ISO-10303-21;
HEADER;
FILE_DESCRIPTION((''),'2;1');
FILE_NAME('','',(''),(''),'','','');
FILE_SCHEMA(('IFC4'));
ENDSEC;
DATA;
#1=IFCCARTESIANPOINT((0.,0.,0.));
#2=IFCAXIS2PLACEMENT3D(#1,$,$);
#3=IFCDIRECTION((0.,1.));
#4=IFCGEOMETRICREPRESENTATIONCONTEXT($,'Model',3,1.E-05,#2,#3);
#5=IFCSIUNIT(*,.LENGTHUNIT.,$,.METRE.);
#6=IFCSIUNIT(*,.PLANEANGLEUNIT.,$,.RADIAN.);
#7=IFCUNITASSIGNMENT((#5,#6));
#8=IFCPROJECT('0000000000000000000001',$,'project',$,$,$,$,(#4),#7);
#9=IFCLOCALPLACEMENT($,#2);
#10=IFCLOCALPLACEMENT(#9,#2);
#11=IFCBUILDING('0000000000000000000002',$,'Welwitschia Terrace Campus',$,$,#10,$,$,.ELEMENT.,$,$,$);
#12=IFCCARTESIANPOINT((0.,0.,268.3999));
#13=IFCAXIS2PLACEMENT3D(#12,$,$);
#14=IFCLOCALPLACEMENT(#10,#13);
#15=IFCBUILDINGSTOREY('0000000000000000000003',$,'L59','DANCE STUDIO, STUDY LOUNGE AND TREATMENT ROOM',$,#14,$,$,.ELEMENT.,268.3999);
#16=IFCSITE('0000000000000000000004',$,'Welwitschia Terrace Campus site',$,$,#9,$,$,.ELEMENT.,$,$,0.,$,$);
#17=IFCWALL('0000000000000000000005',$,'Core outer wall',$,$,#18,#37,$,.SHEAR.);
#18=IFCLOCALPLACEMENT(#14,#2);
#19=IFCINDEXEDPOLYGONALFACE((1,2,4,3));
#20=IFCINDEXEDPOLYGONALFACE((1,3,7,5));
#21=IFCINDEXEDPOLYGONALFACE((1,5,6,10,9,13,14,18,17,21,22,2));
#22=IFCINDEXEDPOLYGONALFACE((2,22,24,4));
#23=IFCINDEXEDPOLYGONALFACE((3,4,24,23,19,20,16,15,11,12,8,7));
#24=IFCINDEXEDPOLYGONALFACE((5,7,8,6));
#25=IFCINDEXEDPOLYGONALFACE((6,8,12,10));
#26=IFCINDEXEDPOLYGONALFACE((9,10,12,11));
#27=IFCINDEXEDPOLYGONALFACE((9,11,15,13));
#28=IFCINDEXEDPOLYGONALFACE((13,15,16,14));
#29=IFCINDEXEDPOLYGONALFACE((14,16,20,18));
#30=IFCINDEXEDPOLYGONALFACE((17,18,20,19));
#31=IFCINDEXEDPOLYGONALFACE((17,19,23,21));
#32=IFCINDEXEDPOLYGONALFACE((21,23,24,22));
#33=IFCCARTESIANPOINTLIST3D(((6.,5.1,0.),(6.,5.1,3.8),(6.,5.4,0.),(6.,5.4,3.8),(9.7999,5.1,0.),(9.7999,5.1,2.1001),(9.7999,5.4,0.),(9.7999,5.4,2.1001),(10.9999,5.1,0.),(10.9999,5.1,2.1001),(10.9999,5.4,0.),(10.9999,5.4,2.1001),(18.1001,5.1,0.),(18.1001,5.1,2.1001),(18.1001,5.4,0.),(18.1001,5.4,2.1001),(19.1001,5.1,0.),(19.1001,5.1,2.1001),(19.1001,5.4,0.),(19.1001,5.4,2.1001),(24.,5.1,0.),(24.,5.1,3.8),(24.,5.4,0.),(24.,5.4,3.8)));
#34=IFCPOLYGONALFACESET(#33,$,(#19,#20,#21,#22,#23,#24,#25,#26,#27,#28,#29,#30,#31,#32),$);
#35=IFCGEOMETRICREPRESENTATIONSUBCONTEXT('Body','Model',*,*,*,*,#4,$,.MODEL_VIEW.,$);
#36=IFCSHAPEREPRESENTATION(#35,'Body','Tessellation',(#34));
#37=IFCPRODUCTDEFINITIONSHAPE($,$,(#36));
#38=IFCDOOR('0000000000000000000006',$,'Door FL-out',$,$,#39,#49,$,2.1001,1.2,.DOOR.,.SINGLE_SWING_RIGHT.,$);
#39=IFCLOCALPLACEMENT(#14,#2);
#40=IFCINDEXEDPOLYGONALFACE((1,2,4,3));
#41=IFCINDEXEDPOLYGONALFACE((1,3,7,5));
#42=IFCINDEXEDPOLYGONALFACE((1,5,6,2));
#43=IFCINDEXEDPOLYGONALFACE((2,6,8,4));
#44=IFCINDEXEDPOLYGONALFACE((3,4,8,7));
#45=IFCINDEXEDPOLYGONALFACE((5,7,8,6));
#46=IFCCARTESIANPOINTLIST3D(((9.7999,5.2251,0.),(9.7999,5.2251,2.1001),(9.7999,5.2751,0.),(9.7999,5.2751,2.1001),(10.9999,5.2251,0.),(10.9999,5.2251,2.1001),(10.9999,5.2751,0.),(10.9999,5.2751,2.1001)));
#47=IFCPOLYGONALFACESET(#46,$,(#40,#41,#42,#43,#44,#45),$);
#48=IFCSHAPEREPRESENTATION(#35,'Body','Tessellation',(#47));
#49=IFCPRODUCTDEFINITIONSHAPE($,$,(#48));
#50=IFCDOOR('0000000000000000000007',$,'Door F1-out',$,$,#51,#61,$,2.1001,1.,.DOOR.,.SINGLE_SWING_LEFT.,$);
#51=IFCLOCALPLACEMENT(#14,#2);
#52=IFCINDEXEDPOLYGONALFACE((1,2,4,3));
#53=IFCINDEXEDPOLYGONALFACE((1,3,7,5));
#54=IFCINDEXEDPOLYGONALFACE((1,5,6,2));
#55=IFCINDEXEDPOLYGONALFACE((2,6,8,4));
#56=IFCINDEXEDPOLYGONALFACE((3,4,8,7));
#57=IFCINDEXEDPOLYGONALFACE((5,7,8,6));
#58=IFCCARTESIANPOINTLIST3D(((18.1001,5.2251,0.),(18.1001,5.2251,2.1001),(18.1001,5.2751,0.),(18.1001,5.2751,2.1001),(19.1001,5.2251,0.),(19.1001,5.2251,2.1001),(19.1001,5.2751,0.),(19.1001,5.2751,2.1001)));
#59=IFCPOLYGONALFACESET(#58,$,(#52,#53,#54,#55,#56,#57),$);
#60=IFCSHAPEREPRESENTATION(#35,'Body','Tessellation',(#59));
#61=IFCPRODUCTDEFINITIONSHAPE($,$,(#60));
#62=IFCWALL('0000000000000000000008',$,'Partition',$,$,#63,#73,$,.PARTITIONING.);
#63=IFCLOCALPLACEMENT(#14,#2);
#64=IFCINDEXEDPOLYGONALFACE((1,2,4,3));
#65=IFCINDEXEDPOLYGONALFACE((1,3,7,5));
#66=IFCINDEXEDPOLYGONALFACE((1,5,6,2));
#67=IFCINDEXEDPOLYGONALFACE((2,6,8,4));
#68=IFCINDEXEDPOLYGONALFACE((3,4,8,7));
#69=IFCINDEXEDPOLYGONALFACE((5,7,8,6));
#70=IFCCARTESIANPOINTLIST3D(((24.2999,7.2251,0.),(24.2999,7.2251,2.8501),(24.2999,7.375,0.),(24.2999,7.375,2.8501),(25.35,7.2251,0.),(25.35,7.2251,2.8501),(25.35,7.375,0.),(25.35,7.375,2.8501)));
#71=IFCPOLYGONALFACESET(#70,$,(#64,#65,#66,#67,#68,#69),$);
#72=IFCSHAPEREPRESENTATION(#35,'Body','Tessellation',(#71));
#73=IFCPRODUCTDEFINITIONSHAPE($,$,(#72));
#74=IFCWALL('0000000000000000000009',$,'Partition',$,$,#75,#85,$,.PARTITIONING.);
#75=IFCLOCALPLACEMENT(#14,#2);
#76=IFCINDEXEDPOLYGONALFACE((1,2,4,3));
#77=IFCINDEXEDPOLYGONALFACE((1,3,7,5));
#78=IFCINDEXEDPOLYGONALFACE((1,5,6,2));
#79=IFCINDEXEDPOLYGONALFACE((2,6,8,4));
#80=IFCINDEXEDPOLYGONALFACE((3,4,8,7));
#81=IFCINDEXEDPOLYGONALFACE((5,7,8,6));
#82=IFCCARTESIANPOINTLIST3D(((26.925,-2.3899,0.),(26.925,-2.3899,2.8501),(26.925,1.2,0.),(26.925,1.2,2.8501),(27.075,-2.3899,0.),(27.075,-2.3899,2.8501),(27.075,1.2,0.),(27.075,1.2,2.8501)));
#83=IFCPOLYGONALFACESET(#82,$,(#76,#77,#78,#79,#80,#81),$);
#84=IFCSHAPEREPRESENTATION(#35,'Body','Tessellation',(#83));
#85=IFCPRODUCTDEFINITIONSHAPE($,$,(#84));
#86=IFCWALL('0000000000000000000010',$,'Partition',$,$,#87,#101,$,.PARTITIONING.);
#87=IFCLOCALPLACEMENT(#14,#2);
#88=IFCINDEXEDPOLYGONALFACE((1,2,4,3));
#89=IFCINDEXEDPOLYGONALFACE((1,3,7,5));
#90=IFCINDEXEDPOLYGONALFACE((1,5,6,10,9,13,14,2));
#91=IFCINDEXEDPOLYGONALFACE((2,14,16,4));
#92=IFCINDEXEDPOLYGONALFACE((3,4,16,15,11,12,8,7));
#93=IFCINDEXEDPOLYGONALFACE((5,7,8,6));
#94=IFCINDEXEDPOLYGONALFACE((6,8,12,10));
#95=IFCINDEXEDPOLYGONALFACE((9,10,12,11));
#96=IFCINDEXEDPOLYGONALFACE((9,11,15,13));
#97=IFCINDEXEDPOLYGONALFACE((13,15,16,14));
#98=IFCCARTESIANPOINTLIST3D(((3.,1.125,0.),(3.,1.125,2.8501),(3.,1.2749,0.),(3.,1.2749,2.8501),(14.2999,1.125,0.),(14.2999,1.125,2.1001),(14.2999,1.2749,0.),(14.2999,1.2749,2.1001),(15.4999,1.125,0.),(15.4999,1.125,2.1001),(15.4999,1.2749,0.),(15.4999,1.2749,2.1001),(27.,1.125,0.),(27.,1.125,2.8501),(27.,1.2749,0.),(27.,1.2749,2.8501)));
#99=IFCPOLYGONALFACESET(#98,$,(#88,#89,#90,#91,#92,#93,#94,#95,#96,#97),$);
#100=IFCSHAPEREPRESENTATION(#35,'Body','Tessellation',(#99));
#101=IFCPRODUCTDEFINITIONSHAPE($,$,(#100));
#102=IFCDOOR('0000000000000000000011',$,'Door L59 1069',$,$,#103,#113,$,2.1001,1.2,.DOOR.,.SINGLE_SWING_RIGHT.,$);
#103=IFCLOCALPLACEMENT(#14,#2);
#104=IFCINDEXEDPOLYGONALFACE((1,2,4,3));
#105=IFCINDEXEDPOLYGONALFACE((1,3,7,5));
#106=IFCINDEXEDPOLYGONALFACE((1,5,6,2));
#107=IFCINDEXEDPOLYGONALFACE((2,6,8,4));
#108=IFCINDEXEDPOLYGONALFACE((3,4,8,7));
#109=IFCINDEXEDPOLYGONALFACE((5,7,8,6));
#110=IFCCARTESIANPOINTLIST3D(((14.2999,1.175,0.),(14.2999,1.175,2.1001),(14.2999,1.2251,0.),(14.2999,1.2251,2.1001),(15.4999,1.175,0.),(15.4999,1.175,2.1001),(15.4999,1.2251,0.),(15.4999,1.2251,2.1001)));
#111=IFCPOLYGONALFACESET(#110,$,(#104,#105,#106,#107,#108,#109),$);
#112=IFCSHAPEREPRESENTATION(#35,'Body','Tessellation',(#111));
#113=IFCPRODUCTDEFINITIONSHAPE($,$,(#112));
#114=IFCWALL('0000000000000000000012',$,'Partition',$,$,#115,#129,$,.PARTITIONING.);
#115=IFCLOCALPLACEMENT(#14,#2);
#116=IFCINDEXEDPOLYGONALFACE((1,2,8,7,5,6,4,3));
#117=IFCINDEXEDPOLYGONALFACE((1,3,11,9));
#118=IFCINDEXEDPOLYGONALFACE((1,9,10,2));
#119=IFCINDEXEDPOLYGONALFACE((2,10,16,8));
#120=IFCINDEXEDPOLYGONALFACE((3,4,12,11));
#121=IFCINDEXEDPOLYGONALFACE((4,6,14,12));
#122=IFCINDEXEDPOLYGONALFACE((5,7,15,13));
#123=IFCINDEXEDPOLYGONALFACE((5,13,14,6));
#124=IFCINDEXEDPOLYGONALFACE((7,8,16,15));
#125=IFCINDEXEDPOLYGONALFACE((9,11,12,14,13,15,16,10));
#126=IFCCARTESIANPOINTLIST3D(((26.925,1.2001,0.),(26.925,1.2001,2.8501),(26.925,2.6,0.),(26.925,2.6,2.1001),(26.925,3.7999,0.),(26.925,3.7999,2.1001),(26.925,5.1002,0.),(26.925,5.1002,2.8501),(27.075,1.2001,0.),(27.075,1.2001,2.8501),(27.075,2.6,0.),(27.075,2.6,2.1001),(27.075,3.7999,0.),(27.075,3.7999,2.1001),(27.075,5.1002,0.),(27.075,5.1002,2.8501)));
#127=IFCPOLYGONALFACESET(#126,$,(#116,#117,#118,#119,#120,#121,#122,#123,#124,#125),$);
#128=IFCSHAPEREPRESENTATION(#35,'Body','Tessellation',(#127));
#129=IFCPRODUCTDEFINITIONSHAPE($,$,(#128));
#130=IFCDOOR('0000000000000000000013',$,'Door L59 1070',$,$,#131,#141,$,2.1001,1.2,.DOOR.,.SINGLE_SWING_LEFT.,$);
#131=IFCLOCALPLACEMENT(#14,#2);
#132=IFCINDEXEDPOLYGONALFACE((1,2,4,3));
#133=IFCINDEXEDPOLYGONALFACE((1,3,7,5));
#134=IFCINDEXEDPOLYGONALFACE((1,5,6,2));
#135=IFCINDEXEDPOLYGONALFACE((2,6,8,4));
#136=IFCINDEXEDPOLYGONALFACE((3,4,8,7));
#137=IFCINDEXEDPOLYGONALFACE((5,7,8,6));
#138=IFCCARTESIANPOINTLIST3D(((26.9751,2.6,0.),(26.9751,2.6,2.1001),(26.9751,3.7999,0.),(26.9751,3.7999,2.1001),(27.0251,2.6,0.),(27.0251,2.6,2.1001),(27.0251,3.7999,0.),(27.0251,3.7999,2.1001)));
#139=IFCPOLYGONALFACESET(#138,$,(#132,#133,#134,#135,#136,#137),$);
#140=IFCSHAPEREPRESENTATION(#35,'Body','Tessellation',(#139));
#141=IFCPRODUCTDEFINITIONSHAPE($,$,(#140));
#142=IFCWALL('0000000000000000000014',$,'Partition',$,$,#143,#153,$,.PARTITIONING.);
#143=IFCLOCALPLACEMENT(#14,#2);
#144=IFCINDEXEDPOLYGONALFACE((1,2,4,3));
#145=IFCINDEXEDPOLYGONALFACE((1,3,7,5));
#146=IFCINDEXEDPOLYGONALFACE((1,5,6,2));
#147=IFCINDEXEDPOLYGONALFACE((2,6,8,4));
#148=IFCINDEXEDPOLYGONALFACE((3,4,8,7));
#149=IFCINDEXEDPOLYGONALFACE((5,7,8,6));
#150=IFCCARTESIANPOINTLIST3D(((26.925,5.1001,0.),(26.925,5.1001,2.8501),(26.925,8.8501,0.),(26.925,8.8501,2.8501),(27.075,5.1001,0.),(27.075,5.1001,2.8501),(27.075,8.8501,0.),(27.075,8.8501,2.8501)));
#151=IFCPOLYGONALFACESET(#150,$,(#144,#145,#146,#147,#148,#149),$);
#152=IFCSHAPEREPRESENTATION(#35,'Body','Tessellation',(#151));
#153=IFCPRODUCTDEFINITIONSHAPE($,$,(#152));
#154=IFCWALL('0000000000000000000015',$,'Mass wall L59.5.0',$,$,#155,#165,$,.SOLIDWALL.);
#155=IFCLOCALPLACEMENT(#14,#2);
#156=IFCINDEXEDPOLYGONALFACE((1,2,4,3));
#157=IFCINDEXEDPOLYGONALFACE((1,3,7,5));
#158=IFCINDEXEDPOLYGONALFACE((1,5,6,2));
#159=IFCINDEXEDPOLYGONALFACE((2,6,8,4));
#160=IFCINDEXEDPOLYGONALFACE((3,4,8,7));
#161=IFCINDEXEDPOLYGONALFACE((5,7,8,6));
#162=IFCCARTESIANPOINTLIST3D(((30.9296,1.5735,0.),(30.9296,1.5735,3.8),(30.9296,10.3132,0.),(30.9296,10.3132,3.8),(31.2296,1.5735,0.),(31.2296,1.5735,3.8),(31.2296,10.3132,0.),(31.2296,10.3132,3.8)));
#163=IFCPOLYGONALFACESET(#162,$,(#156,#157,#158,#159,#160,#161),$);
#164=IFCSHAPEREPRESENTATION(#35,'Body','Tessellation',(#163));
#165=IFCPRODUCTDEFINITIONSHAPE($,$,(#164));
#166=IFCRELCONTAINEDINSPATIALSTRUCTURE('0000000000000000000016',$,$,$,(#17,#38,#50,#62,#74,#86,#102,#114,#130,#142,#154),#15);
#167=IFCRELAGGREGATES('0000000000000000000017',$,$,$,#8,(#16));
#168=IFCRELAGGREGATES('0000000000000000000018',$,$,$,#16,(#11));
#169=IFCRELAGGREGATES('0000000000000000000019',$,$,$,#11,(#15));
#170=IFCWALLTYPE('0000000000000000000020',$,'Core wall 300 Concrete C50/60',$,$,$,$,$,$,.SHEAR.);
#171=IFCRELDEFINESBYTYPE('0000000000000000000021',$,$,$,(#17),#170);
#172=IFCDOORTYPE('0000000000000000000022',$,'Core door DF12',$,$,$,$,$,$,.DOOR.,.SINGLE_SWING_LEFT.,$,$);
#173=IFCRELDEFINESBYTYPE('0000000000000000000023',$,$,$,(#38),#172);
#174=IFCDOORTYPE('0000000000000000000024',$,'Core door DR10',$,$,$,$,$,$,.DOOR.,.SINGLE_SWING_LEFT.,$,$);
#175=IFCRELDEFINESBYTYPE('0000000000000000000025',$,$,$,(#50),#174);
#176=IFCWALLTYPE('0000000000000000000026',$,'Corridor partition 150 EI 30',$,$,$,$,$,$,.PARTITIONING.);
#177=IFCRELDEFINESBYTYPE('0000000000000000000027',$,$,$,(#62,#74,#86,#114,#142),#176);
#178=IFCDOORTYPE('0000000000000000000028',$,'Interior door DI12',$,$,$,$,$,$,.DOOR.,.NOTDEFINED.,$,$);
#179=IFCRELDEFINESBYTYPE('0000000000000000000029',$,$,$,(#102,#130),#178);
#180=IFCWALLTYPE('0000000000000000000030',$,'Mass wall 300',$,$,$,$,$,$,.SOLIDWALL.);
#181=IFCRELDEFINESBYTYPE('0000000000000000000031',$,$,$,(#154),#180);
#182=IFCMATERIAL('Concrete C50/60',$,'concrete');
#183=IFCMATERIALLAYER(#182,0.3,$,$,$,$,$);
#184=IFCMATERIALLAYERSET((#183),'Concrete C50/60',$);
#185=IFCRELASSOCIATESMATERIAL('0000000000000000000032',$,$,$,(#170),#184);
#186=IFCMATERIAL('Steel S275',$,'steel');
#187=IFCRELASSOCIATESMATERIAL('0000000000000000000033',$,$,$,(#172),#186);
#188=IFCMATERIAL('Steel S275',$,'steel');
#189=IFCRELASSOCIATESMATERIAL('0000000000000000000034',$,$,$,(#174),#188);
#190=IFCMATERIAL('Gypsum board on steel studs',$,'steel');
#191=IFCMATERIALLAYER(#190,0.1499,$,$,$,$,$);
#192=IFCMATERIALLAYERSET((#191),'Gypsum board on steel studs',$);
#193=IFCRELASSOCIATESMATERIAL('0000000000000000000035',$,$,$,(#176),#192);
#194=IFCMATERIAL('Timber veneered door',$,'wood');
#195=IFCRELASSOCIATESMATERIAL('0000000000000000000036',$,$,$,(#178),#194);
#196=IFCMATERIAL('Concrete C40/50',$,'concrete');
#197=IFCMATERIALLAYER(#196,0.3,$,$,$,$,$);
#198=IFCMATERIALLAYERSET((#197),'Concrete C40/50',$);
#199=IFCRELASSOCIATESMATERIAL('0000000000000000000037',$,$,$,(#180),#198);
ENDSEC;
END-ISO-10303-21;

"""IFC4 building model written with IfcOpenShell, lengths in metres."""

from ifc_helpers import new_model, si_unit, direction, frame, frame_2d, origin, place, context, subcontext, project, spatial, rectangle, extrude, material, layer, layer_set, type_object, element, fill, save


model = new_model("IFC4")

# Units and contexts
model_context = context("Model", 3, precision=1e-05, world=origin(), true_north=direction((0.0, 1.0)))
body_context = subcontext(model_context, "Body", "Model", "MODEL_VIEW")
ifc_project = project(units=[si_unit("LENGTHUNIT", "METRE"), si_unit("PLANEANGLEUNIT", "RADIAN")], contexts=[model_context])

# Site, building, storey
site_placement = place(None, origin())
site = spatial("IfcSite", under=ifc_project, at=site_placement, Name="Welwitschia Terrace Campus site", CompositionType="ELEMENT", RefElevation=0.0)
building_placement = place(site_placement, origin())
building = spatial("IfcBuilding", under=site, at=building_placement, Name="Welwitschia Terrace Campus", CompositionType="ELEMENT")
storey_placement = place(building_placement, frame((0.0, 0.0, 268.3999)))
storey = spatial("IfcBuildingStorey", under=building, at=storey_placement, Name="L59", Description="DANCE STUDIO, STUDY LOUNGE AND TREATMENT ROOM", CompositionType="ELEMENT", Elevation=268.3999)

# Wall, openings, doors
ifc_material_1 = material(Name="Concrete C50/60", Category="concrete")
ifc_layer_1 = layer(ifc_material_1, 0.3)
ifc_layer_set_1 = layer_set([ifc_layer_1], Name="Concrete C50/60")
wall_type_1 = type_object("IfcWallType", Name="Core wall 300 Concrete C50/60", PredefinedType="SHEAR", material=ifc_layer_set_1)
wall_1_placement = place(storey_placement, frame((24.0, 5.25, 0.0), z_axis=(0.0, 0.0, 1.0), x_axis=(-1.0, 0.0, 0.0)))
wall_1 = element("IfcWall", 1, at=wall_1_placement, inside=storey, type_object=wall_type_1, Name="Core outer wall", PredefinedType="SHEAR", context=body_context, shape_type="SweptSolid", body=[
    extrude(rectangle(XDim=18.0, YDim=0.3, at=frame_2d((9.0, 0.0))), origin(), (0.0, 0.0, 1.0), 3.8),
])
opening_1_placement = place(wall_1_placement, frame((13.0, 0.0, 0.0)))
opening_1 = element("IfcOpeningElement", 2, at=opening_1_placement, cuts=wall_1, PredefinedType="OPENING", context=body_context, shape_type="SweptSolid", body=[
    extrude(rectangle(XDim=1.2, YDim=2.1001, at=frame_2d((0.6001, 1.05))), frame((0.0, 0.1599, 0.0), z_axis=(0.0, -1.0, 0.0), x_axis=(1.0, 0.0, 0.0)), (0.0, 0.0, 1.0), 0.3201),
])
opening_2_placement = place(wall_1_placement, frame((4.8999, 0.0, 0.0)))
opening_2 = element("IfcOpeningElement", 3, at=opening_2_placement, cuts=wall_1, PredefinedType="OPENING", context=body_context, shape_type="SweptSolid", body=[
    extrude(rectangle(XDim=1.0, YDim=2.1001, at=frame_2d((0.5, 1.05))), frame((0.0, 0.1599, 0.0), z_axis=(0.0, -1.0, 0.0), x_axis=(1.0, 0.0, 0.0)), (0.0, 0.0, 1.0), 0.3201),
])
ifc_material_2 = material(Name="Steel S275", Category="steel")
door_type_1 = type_object("IfcDoorType", Name="Core door DF12", OperationType="SINGLE_SWING_LEFT", PredefinedType="DOOR", material=ifc_material_2)
door_1_placement = place(opening_1_placement, origin())
door_1 = element("IfcDoor", 4, at=door_1_placement, inside=storey, type_object=door_type_1, Name="Door FL-out", OperationType="SINGLE_SWING_RIGHT", OverallHeight=2.1001, OverallWidth=1.2, PredefinedType="DOOR", context=body_context, shape_type="SweptSolid", body=[
    extrude(rectangle(XDim=1.2, YDim=2.1001, at=frame_2d((0.6001, 1.05))), frame((0.0, 0.0249, 0.0), z_axis=(0.0, -1.0, 0.0), x_axis=(1.0, 0.0, 0.0)), (0.0, 0.0, 1.0), 0.05),
])
fill(opening_1, door_1)
ifc_material_3 = material(Name="Steel S275", Category="steel")
door_type_2 = type_object("IfcDoorType", Name="Core door DR10", OperationType="SINGLE_SWING_LEFT", PredefinedType="DOOR", material=ifc_material_3)
door_2_placement = place(opening_2_placement, origin())
door_2 = element("IfcDoor", 5, at=door_2_placement, inside=storey, type_object=door_type_2, Name="Door F1-out", OperationType="SINGLE_SWING_LEFT", OverallHeight=2.1001, OverallWidth=1.0, PredefinedType="DOOR", context=body_context, shape_type="SweptSolid", body=[
    extrude(rectangle(XDim=1.0, YDim=2.1001, at=frame_2d((0.5, 1.05))), frame((0.0, 0.0249, 0.0), z_axis=(0.0, -1.0, 0.0), x_axis=(1.0, 0.0, 0.0)), (0.0, 0.0, 1.0), 0.05),
])
fill(opening_2, door_2)

# Walls
ifc_material_4 = material(Name="Gypsum board on steel studs", Category="steel")
ifc_layer_2 = layer(ifc_material_4, 0.1499)
ifc_layer_set_2 = layer_set([ifc_layer_2], Name="Gypsum board on steel studs")
wall_type_2 = type_object("IfcWallType", Name="Corridor partition 150 EI 30", PredefinedType="PARTITIONING", material=ifc_layer_set_2)
wall_2_placement = place(storey_placement, frame((24.3, 7.3, 0.0), z_axis=(0.0, 0.0, 1.0), x_axis=(1.0, 0.0, 0.0)))
element("IfcWall", 6, at=wall_2_placement, inside=storey, type_object=wall_type_2, Name="Partition", PredefinedType="PARTITIONING", context=body_context, shape_type="SweptSolid", body=[
    extrude(rectangle(XDim=1.05, YDim=0.1499, at=frame_2d((0.5249, 0.0))), origin(), (0.0, 0.0, 1.0), 2.8501),
])
wall_3_placement = place(storey_placement, frame((27.0, -2.3899, 0.0), z_axis=(0.0, 0.0, 1.0), x_axis=(0.0, 1.0, 0.0)))
element("IfcWall", 7, at=wall_3_placement, inside=storey, type_object=wall_type_2, Name="Partition", PredefinedType="PARTITIONING", context=body_context, shape_type="SweptSolid", body=[
    extrude(rectangle(XDim=3.5898, YDim=0.1499, at=frame_2d((1.7949, 0.0))), origin(), (0.0, 0.0, 1.0), 2.8501),
])

# Walls, openings, doors
wall_4_placement = place(storey_placement, frame((27.0, 1.2, 0.0), z_axis=(0.0, 0.0, 1.0), x_axis=(-1.0, 0.0, 0.0)))
wall_4 = element("IfcWall", 8, at=wall_4_placement, inside=storey, type_object=wall_type_2, Name="Partition", PredefinedType="PARTITIONING", context=body_context, shape_type="SweptSolid", body=[
    extrude(rectangle(XDim=24.0, YDim=0.1499, at=frame_2d((12.0, 0.0))), origin(), (0.0, 0.0, 1.0), 2.8501),
])
opening_3_placement = place(wall_4_placement, frame((11.5, 0.0, 0.0)))
opening_3 = element("IfcOpeningElement", 9, at=opening_3_placement, cuts=wall_4, PredefinedType="OPENING", context=body_context, shape_type="SweptSolid", body=[
    extrude(rectangle(XDim=1.2, YDim=2.1001, at=frame_2d((0.6001, 1.05))), frame((0.0, 0.085, 0.0), z_axis=(0.0, -1.0, 0.0), x_axis=(1.0, 0.0, 0.0)), (0.0, 0.0, 1.0), 0.1699),
])
ifc_material_5 = material(Name="Timber veneered door", Category="wood")
door_type_3 = type_object("IfcDoorType", Name="Interior door DI12", OperationType="NOTDEFINED", PredefinedType="DOOR", material=ifc_material_5)
door_3_placement = place(opening_3_placement, origin())
door_3 = element("IfcDoor", 10, at=door_3_placement, inside=storey, type_object=door_type_3, Name="Door L59 1069", OperationType="SINGLE_SWING_RIGHT", OverallHeight=2.1001, OverallWidth=1.2, PredefinedType="DOOR", context=body_context, shape_type="SweptSolid", body=[
    extrude(rectangle(XDim=1.2, YDim=2.1001, at=frame_2d((0.6001, 1.05))), frame((0.0, 0.0249, 0.0), z_axis=(0.0, -1.0, 0.0), x_axis=(1.0, 0.0, 0.0)), (0.0, 0.0, 1.0), 0.05),
])
fill(opening_3, door_3)
wall_5_placement = place(storey_placement, frame((27.0, 1.2, 0.0), z_axis=(0.0, 0.0, 1.0), x_axis=(0.0, 1.0, 0.0)))
wall_5 = element("IfcWall", 11, at=wall_5_placement, inside=storey, type_object=wall_type_2, Name="Partition", PredefinedType="PARTITIONING", context=body_context, shape_type="SweptSolid", body=[
    extrude(rectangle(XDim=3.9001, YDim=0.1499, at=frame_2d((1.9502, 0.0))), origin(), (0.0, 0.0, 1.0), 2.8501),
])
opening_4_placement = place(wall_5_placement, frame((1.3999, 0.0, 0.0)))
opening_4 = element("IfcOpeningElement", 12, at=opening_4_placement, cuts=wall_5, PredefinedType="OPENING", context=body_context, shape_type="SweptSolid", body=[
    extrude(rectangle(XDim=1.2, YDim=2.1001, at=frame_2d((0.6001, 1.05))), frame((0.0, 0.085, 0.0), z_axis=(0.0, -1.0, 0.0), x_axis=(1.0, 0.0, 0.0)), (0.0, 0.0, 1.0), 0.1699),
])
door_4_placement = place(opening_4_placement, origin())
door_4 = element("IfcDoor", 13, at=door_4_placement, inside=storey, type_object=door_type_3, Name="Door L59 1070", OperationType="SINGLE_SWING_LEFT", OverallHeight=2.1001, OverallWidth=1.2, PredefinedType="DOOR", context=body_context, shape_type="SweptSolid", body=[
    extrude(rectangle(XDim=1.2, YDim=2.1001, at=frame_2d((0.6001, 1.05))), frame((0.0, 0.0249, 0.0), z_axis=(0.0, -1.0, 0.0), x_axis=(1.0, 0.0, 0.0)), (0.0, 0.0, 1.0), 0.05),
])
fill(opening_4, door_4)

# Walls
wall_6_placement = place(storey_placement, frame((27.0, 5.1001, 0.0), z_axis=(0.0, 0.0, 1.0), x_axis=(0.0, 1.0, 0.0)))
element("IfcWall", 14, at=wall_6_placement, inside=storey, type_object=wall_type_2, Name="Partition", PredefinedType="PARTITIONING", context=body_context, shape_type="SweptSolid", body=[
    extrude(rectangle(XDim=3.75, YDim=0.1499, at=frame_2d((1.875, 0.0))), origin(), (0.0, 0.0, 1.0), 2.8501),
])
ifc_material_6 = material(Name="Concrete C40/50", Category="concrete")
ifc_layer_3 = layer(ifc_material_6, 0.3)
ifc_layer_set_3 = layer_set([ifc_layer_3], Name="Concrete C40/50")
wall_type_3 = type_object("IfcWallType", Name="Mass wall 300", PredefinedType="SOLIDWALL", material=ifc_layer_set_3)
wall_7_placement = place(storey_placement, frame((31.0796, 1.5735, 0.0), z_axis=(0.0, 0.0, 1.0), x_axis=(0.0, 1.0, 0.0)))
element("IfcWall", 15, at=wall_7_placement, inside=storey, type_object=wall_type_3, Name="Mass wall L59.5.0", PredefinedType="SOLIDWALL", context=body_context, shape_type="SweptSolid", body=[
    extrude(rectangle(XDim=8.7397, YDim=0.3, at=frame_2d((4.3699, 0.0))), origin(), (0.0, 0.0, 1.0), 3.8),
])

save(model, "model.ifc")
